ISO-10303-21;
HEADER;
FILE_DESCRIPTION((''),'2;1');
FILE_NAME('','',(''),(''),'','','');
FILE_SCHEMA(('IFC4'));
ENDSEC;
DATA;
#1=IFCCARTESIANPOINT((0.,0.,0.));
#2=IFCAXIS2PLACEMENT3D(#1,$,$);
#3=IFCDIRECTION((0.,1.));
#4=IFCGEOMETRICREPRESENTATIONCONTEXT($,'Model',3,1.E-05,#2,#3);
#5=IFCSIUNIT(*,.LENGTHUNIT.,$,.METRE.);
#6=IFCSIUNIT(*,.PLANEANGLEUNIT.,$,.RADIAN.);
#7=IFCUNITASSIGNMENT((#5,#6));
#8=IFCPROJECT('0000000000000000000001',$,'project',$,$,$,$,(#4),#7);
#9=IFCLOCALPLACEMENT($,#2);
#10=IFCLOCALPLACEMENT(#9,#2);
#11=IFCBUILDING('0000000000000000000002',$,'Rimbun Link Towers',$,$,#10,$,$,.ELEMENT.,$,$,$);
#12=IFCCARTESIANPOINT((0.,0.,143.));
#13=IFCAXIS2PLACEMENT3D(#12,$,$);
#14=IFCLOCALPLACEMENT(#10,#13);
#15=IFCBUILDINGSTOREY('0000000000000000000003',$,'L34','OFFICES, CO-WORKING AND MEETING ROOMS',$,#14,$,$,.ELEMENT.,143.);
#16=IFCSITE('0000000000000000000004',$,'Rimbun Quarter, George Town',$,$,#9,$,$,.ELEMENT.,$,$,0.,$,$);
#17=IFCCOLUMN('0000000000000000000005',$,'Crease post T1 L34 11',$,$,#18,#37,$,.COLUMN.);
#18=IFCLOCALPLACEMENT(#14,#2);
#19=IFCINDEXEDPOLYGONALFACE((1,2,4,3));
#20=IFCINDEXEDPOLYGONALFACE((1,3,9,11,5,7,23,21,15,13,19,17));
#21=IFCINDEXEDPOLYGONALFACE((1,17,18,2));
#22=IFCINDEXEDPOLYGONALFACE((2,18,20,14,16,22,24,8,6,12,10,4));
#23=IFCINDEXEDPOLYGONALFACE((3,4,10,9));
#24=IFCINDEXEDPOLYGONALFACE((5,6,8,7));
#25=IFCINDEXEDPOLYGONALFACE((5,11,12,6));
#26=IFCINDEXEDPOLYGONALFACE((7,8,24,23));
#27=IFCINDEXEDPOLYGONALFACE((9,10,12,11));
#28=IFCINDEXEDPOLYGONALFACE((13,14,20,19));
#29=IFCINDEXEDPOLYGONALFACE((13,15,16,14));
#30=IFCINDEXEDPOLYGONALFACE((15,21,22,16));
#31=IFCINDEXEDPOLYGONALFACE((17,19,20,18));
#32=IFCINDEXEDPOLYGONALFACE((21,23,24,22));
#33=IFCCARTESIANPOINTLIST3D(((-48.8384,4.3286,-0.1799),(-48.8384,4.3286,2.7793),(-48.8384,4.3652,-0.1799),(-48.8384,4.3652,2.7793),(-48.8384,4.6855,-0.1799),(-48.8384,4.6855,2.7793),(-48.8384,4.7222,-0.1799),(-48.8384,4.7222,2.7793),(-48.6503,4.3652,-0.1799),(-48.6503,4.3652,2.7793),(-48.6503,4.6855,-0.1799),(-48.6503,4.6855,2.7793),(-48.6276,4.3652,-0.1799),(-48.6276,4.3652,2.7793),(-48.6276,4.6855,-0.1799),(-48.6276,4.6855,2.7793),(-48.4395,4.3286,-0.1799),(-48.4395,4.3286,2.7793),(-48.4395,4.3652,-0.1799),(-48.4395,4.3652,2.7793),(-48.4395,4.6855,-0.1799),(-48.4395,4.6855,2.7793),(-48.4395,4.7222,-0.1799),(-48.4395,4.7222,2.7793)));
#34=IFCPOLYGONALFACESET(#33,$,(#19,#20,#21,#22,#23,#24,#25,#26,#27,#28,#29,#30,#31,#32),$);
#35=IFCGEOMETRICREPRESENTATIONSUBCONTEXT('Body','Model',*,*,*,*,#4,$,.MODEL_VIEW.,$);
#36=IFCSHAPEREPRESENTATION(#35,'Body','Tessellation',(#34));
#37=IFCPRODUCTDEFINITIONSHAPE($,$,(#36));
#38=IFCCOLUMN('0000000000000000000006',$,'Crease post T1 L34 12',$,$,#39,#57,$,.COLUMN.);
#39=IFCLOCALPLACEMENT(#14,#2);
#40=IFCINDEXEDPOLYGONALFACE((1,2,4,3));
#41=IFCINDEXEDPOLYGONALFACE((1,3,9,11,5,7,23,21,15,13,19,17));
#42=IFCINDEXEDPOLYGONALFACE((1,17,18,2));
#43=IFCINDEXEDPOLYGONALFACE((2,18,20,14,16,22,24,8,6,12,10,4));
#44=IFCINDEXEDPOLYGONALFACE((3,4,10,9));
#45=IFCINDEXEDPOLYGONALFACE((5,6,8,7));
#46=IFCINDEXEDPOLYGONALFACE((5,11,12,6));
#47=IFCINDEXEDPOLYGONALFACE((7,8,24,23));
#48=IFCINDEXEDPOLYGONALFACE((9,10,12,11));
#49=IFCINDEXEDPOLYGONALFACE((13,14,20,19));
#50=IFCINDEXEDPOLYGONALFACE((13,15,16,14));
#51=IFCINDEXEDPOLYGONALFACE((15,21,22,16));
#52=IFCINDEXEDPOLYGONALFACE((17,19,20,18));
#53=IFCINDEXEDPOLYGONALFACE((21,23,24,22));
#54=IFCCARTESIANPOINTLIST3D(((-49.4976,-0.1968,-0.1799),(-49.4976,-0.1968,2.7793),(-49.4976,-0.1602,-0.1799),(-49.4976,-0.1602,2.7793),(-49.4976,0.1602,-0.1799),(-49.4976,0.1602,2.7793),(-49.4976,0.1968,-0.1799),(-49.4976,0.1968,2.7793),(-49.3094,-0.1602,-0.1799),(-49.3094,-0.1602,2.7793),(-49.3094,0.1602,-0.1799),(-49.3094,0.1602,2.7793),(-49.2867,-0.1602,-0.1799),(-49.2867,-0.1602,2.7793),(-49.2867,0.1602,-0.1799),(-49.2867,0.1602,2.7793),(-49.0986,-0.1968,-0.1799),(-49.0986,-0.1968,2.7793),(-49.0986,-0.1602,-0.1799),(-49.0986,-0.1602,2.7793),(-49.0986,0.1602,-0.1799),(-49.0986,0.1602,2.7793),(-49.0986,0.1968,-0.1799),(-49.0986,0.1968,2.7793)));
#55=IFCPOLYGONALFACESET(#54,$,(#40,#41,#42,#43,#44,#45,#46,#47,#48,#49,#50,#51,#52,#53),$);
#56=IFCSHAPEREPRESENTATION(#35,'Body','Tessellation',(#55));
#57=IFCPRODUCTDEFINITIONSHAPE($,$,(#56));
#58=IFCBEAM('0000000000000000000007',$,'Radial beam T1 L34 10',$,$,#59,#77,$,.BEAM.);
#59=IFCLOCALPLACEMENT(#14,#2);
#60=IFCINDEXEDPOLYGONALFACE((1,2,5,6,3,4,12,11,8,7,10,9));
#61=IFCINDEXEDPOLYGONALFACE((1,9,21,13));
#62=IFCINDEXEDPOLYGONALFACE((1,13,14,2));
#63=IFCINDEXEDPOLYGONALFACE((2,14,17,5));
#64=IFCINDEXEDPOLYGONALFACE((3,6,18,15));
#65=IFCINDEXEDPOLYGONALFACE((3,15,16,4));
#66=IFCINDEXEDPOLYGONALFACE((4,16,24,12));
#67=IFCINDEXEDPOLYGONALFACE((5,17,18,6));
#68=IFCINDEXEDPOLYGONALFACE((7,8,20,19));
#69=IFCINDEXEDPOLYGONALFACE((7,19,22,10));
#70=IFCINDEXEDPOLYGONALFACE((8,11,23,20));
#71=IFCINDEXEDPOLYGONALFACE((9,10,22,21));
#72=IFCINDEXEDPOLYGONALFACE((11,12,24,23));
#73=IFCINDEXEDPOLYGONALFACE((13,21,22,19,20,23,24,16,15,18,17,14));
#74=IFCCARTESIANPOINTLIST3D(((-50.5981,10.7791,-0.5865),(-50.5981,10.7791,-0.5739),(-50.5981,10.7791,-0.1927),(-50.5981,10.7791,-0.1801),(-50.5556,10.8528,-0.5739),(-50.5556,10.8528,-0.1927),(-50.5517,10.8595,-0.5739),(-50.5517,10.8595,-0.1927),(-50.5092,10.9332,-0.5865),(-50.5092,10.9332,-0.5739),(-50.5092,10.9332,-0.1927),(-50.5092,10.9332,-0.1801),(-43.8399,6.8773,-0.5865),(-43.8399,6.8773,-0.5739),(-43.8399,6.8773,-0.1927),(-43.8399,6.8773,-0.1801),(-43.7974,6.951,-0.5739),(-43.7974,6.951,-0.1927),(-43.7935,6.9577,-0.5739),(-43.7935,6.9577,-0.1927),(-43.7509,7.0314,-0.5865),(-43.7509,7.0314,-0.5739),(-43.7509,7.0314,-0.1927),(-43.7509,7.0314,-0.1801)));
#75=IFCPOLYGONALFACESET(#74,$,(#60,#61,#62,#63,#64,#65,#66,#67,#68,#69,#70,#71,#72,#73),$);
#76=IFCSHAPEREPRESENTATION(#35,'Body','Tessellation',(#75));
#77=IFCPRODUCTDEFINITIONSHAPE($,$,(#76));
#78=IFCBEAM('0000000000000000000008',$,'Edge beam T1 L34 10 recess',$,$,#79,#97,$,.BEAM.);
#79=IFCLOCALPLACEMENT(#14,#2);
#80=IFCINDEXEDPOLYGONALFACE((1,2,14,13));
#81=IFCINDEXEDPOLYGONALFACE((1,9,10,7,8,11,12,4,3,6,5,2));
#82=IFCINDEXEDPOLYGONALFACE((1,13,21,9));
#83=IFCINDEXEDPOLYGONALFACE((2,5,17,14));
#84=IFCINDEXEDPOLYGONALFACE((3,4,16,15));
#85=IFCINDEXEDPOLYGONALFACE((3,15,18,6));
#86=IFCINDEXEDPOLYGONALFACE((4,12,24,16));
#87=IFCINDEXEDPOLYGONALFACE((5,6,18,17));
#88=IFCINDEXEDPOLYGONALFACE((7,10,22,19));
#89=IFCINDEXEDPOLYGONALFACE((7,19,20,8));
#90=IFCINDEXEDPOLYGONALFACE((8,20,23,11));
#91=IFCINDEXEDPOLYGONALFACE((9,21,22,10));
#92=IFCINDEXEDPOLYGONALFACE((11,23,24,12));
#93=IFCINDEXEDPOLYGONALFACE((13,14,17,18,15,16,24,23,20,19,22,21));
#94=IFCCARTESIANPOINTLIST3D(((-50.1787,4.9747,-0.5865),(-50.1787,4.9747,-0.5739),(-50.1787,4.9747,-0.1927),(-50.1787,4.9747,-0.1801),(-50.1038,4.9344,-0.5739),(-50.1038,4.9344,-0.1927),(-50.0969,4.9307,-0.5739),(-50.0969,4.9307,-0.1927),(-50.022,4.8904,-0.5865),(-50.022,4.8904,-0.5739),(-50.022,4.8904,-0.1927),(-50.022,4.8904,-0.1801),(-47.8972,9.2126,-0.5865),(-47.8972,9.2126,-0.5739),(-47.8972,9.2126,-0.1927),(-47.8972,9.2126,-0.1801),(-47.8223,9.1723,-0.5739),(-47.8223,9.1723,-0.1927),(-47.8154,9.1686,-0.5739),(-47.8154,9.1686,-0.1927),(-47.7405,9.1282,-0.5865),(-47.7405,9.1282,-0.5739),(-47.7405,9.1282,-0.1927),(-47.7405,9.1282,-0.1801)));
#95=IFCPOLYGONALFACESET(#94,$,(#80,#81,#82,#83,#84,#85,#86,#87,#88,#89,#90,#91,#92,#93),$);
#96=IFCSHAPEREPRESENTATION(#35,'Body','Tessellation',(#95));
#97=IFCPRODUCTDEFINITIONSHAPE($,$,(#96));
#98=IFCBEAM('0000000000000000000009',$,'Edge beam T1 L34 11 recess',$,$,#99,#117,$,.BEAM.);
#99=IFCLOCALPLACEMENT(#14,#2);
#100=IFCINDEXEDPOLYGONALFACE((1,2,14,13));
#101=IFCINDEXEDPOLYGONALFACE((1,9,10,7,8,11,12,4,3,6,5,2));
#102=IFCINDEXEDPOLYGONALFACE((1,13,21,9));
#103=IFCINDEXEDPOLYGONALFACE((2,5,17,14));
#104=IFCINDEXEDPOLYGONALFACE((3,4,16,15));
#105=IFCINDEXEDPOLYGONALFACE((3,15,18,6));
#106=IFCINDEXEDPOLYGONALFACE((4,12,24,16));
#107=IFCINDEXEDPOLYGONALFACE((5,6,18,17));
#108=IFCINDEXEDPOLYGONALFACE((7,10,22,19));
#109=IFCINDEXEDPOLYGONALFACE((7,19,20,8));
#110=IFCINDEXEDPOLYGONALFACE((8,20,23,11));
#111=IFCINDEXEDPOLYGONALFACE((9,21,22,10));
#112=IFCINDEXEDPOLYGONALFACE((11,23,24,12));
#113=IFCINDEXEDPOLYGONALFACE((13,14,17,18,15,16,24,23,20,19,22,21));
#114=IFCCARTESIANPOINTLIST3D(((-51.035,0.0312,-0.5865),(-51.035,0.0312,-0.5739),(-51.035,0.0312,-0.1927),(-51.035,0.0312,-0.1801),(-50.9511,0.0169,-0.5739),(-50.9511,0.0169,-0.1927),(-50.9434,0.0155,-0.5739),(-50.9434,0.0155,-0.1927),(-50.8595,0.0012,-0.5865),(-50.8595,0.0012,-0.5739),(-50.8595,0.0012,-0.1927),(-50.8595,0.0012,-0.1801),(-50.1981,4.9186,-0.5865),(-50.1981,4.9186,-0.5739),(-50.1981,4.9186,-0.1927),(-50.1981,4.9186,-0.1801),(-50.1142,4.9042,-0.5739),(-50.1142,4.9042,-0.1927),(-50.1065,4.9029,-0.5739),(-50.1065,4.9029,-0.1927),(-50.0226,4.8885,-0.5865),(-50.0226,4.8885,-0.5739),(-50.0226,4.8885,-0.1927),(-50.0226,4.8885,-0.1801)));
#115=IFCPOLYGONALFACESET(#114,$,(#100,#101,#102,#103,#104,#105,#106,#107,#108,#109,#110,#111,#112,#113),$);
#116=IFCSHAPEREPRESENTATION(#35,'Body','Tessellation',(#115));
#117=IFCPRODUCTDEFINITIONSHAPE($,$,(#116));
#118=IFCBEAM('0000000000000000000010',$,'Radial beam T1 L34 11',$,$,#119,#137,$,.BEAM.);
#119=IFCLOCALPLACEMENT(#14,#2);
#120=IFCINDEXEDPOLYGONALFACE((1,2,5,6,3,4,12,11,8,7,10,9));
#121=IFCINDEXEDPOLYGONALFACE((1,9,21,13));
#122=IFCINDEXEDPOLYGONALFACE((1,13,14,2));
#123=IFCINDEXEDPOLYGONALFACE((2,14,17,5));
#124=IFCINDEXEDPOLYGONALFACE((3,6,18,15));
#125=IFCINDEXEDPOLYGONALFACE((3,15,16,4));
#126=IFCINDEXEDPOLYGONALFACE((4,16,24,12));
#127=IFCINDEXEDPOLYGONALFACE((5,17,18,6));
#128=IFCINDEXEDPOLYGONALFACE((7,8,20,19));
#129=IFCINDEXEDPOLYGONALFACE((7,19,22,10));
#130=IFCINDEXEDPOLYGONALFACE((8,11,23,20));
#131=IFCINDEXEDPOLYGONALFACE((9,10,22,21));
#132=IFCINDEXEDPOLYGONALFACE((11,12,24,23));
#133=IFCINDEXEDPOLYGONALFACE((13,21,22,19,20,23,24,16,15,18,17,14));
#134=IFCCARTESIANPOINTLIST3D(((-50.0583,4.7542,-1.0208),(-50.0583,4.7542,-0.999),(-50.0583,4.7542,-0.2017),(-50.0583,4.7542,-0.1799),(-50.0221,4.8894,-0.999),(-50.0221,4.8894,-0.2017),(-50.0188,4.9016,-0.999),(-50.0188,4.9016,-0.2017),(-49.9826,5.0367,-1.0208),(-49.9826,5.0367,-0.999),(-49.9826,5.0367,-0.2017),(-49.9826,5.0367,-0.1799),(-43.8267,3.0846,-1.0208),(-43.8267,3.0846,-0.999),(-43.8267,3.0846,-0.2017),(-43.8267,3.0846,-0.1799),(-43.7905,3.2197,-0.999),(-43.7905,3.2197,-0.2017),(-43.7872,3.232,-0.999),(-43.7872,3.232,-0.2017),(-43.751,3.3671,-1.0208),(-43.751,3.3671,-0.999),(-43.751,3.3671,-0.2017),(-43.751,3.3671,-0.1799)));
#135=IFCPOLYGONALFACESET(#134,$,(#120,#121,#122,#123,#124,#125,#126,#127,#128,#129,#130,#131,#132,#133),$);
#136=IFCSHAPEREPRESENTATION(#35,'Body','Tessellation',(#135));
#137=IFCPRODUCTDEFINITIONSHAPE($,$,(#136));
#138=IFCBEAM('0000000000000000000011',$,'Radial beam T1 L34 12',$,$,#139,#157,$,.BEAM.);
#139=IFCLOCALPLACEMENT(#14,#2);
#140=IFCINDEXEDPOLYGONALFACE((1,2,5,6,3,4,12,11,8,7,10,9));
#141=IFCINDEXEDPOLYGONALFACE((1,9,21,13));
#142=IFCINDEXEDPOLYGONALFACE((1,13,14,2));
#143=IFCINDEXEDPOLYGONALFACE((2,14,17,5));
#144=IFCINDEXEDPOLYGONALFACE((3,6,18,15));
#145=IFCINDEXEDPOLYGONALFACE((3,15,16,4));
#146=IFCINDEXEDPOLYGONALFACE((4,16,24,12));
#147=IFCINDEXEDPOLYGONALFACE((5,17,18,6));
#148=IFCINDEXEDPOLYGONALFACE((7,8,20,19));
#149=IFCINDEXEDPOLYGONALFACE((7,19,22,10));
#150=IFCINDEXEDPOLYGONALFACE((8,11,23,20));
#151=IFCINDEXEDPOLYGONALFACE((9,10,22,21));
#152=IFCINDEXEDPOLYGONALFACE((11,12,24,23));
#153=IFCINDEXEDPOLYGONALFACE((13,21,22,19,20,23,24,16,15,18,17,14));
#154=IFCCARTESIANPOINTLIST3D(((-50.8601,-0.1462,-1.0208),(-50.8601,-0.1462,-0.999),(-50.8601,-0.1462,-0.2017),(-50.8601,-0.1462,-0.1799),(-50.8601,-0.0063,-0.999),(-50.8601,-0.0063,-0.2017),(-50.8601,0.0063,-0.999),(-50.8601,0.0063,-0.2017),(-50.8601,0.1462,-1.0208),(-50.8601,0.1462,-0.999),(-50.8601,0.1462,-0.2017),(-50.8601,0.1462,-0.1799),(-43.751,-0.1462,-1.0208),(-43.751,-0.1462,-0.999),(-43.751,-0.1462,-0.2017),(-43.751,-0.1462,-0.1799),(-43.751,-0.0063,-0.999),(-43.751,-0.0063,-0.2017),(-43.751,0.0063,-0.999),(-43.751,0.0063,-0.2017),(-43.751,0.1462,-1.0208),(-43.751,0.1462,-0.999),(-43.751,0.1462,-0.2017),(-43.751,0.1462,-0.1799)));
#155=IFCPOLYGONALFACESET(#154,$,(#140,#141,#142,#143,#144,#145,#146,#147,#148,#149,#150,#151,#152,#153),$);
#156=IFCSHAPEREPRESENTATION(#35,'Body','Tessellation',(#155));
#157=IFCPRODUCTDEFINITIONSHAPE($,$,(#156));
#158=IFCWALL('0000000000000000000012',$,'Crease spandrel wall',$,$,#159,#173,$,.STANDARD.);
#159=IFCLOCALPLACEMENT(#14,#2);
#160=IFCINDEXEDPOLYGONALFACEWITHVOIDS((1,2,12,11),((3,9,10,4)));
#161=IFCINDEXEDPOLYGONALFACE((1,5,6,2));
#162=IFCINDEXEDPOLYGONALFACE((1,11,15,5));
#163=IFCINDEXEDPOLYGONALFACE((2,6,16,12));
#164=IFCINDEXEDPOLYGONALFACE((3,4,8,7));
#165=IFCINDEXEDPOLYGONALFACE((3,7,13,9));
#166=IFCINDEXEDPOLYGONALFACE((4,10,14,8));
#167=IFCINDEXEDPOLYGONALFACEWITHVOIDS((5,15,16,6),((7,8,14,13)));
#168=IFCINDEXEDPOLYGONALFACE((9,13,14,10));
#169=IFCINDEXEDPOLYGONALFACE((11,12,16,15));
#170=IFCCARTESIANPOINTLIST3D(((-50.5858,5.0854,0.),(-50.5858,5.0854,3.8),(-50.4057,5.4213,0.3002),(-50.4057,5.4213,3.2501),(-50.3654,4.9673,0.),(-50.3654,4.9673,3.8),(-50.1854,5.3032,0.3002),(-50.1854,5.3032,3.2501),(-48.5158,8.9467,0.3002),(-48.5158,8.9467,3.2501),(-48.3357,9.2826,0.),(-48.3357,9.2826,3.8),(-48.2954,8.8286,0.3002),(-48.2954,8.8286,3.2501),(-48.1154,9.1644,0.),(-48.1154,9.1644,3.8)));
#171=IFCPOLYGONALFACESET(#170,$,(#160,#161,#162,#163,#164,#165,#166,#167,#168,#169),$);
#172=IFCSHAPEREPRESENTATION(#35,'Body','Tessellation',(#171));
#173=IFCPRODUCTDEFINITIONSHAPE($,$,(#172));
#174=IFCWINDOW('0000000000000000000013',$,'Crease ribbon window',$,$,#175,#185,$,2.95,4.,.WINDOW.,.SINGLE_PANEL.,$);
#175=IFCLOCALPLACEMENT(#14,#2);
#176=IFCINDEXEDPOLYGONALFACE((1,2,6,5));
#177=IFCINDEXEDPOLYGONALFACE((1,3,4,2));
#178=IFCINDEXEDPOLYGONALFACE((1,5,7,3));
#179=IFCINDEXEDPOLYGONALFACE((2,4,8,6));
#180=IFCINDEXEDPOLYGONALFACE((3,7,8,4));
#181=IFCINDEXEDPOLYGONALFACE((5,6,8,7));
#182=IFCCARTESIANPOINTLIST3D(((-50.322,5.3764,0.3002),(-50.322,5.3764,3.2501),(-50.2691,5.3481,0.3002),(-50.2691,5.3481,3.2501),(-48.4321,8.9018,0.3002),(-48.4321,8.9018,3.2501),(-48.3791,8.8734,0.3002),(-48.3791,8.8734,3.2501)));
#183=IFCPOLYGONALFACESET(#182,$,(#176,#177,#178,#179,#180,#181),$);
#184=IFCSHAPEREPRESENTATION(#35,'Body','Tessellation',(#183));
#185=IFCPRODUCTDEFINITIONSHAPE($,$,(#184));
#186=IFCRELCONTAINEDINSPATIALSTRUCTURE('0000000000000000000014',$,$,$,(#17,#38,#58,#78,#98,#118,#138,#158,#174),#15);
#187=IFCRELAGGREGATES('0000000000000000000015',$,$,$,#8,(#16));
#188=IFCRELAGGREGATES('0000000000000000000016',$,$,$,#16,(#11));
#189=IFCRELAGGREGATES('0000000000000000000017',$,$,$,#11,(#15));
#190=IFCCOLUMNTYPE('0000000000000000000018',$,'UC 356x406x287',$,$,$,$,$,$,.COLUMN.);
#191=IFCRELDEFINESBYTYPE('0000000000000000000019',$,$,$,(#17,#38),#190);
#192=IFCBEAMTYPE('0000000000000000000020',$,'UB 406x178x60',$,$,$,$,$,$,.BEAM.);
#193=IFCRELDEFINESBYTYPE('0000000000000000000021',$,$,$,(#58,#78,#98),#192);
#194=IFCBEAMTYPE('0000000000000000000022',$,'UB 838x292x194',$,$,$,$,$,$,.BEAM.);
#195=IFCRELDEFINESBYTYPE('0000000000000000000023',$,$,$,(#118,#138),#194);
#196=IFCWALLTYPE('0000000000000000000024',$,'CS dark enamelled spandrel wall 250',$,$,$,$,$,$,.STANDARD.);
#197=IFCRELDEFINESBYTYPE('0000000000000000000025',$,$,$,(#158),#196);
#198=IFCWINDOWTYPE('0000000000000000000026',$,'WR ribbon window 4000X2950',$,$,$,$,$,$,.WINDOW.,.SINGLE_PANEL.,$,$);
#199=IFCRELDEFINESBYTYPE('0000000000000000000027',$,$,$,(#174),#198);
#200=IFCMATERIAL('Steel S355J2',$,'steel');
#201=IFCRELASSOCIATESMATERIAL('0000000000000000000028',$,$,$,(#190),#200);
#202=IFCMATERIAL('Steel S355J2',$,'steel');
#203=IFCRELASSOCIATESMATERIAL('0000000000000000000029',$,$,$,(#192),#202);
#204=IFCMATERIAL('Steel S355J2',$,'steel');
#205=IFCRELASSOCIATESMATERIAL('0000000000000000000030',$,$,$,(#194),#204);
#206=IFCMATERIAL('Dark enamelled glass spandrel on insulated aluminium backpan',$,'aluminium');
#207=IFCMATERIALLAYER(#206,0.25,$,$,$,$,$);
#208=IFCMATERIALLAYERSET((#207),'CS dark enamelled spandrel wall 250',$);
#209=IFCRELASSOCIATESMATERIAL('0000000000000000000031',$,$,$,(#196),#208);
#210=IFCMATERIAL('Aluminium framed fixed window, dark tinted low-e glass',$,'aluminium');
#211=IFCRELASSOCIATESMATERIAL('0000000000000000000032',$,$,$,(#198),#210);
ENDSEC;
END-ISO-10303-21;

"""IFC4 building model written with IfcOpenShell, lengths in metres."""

from ifc_helpers import new_model, si_unit, direction, frame, frame_2d, origin, origin_2d, place, context, subcontext, project, spatial, rectangle, i_section, extrude, material, layer, layer_set, material_profile, profile_set, type_object, element, fill, save


model = new_model("IFC4")

# Units and contexts
model_context = context("Model", 3, precision=1e-05, world=origin(), true_north=direction((0.0, 1.0)))
body_context = subcontext(model_context, "Body", "Model", "MODEL_VIEW")
ifc_project = project(units=[si_unit("LENGTHUNIT", "METRE"), si_unit("PLANEANGLEUNIT", "RADIAN")], contexts=[model_context])

# Site, building, storey
site_placement = place(None, origin())
site = spatial("IfcSite", under=ifc_project, at=site_placement, Name="Rimbun Quarter, George Town", CompositionType="ELEMENT", RefElevation=0.0)
building_placement = place(site_placement, origin())
building = spatial("IfcBuilding", under=site, at=building_placement, Name="Rimbun Link Towers", CompositionType="ELEMENT")
storey_placement = place(building_placement, frame((0.0, 0.0, 143.0)))
storey = spatial("IfcBuildingStorey", under=building, at=storey_placement, Name="L34", Description="OFFICES, CO-WORKING AND MEETING ROOMS", CompositionType="ELEMENT", Elevation=143.0)

# Columns
ifc_material_1 = material(Name="Steel S355J2", Category="steel")
ifc_material_profile_1 = material_profile(ifc_material_1, i_section(OverallWidth=0.3989, OverallDepth=0.3936, WebThickness=0.0227, FlangeThickness=0.0366, at=origin_2d()), Name="UC 356x406x287")
ifc_profile_set_1 = profile_set([ifc_material_profile_1], Name="Steel S355J2")
column_type = type_object("IfcColumnType", Name="UC 356x406x287", PredefinedType="COLUMN", material=ifc_profile_set_1)
for number, where, z_axis, x_axis, name in (
    (1, (-48.6389, 4.5254, -0.1799), (0.0, 0.0, 1.0), (1.0, 0.0, 0.0), "Crease post T1 L34 11"),
    (2, (-49.2981, 0.0, -0.1799), (0.0, 0.0, 1.0), (1.0, 0.0, 0.0), "Crease post T1 L34 12"),
):
    element("IfcColumn", number, at=place(storey_placement, frame(where, z_axis=z_axis, x_axis=x_axis)), inside=storey, type_object=column_type, Name=name, PredefinedType="COLUMN", context=body_context, shape_type="SweptSolid", body=[
        extrude(i_section(OverallWidth=0.3989, OverallDepth=0.3936, WebThickness=0.0227, FlangeThickness=0.0366, at=origin_2d()), origin(), (0.0, 0.0, 1.0), 2.9592),
    ])

# Beams
ifc_material_2 = material(Name="Steel S355J2", Category="steel")
ifc_material_profile_2 = material_profile(ifc_material_2, i_section(OverallWidth=0.178, OverallDepth=0.4065, WebThickness=0.0078, FlangeThickness=0.0127, at=origin_2d()), Name="UB 406x178x60")
ifc_profile_set_2 = profile_set([ifc_material_profile_2], Name="Steel S355J2")
beam_type_1 = type_object("IfcBeamType", Name="UB 406x178x60", PredefinedType="BEAM", material=ifc_profile_set_2)
beam_1_placement = place(storey_placement, frame((-43.7954, 6.9543, -0.3833), z_axis=(-0.866028, 0.499995, 0.0), x_axis=(-0.499995, -0.866028, 0.0)))
element("IfcBeam", 3, at=beam_1_placement, inside=storey, type_object=beam_type_1, Name="Radial beam T1 L34 10", PredefinedType="BEAM", context=body_context, shape_type="SweptSolid", body=[
    extrude(i_section(OverallWidth=0.178, OverallDepth=0.4065, WebThickness=0.0078, FlangeThickness=0.0127, at=origin_2d()), origin(), (0.0, 0.0, 1.0), 7.8037),
])
beam_2_placement = place(storey_placement, frame((-47.8188, 9.1704, -0.3833), z_axis=(-0.474036, -0.880505, 0.0), x_axis=(0.880505, -0.474036, 0.0)))
element("IfcBeam", 4, at=beam_2_placement, inside=storey, type_object=beam_type_1, Name="Edge beam T1 L34 10 recess", PredefinedType="BEAM", context=body_context, shape_type="SweptSolid", body=[
    extrude(i_section(OverallWidth=0.178, OverallDepth=0.4065, WebThickness=0.0078, FlangeThickness=0.0127, at=origin_2d()), origin(), (0.0, 0.0, 1.0), 4.813),
])
beam_3_placement = place(storey_placement, frame((-50.1104, 4.9036, -0.3833), z_axis=(-0.168781, -0.985654, 0.0), x_axis=(0.985654, -0.168781, 0.0)))
element("IfcBeam", 5, at=beam_3_placement, inside=storey, type_object=beam_type_1, Name="Edge beam T1 L34 11 recess", PredefinedType="BEAM", context=body_context, shape_type="SweptSolid", body=[
    extrude(i_section(OverallWidth=0.178, OverallDepth=0.4065, WebThickness=0.0078, FlangeThickness=0.0127, at=origin_2d()), origin(), (0.0, 0.0, 1.0), 4.9585),
])
ifc_material_3 = material(Name="Steel S355J2", Category="steel")
ifc_material_profile_3 = material_profile(ifc_material_3, i_section(OverallWidth=0.2925, OverallDepth=0.8408, WebThickness=0.0127, FlangeThickness=0.0217, at=origin_2d()), Name="UB 838x292x194")
ifc_profile_set_3 = profile_set([ifc_material_profile_3], Name="Steel S355J2")
beam_type_2 = type_object("IfcBeamType", Name="UB 838x292x194", PredefinedType="BEAM", material=ifc_profile_set_3)
beam_4_placement = place(storey_placement, frame((-43.7888, 3.2258, -0.6003), z_axis=(-0.96593, 0.258805, 0.0), x_axis=(-0.258805, -0.96593, 0.0)))
element("IfcBeam", 6, at=beam_4_placement, inside=storey, type_object=beam_type_2, Name="Radial beam T1 L34 11", PredefinedType="BEAM", context=body_context, shape_type="SweptSolid", body=[
    extrude(i_section(OverallWidth=0.2925, OverallDepth=0.8408, WebThickness=0.0127, FlangeThickness=0.0217, at=origin_2d()), origin(), (0.0, 0.0, 1.0), 6.4514),
])
beam_5_placement = place(storey_placement, frame((-43.751, 0.0, -0.6003), z_axis=(-1.0, 0.0, 0.0), x_axis=(0.0, -1.0, 0.0)))
element("IfcBeam", 7, at=beam_5_placement, inside=storey, type_object=beam_type_2, Name="Radial beam T1 L34 12", PredefinedType="BEAM", context=body_context, shape_type="SweptSolid", body=[
    extrude(i_section(OverallWidth=0.2925, OverallDepth=0.8408, WebThickness=0.0127, FlangeThickness=0.0217, at=origin_2d()), origin(), (0.0, 0.0, 1.0), 7.1091),
])

# Wall, opening, window
ifc_material_4 = material(Name="Dark enamelled glass spandrel on insulated aluminium backpan", Category="aluminium")
ifc_layer_1 = layer(ifc_material_4, 0.25)
ifc_layer_set_1 = layer_set([ifc_layer_1], Name="CS dark enamelled spandrel wall 250")
wall_type_1 = type_object("IfcWallType", Name="CS dark enamelled spandrel wall 250", PredefinedType="STANDARD", material=ifc_layer_set_1)
wall_1_placement = place(storey_placement, frame((-50.4756, 5.0264, 0.0), z_axis=(0.0, 0.0, 1.0), x_axis=(0.472482, 0.88134, 0.0)))
wall_1 = element("IfcWall", 8, at=wall_1_placement, inside=storey, type_object=wall_type_1, Name="Crease spandrel wall", PredefinedType="STANDARD", context=body_context, shape_type="SweptSolid", body=[
    extrude(rectangle(XDim=4.7622, YDim=0.25, at=frame_2d((2.3811, 0.0))), origin(), (0.0, 0.0, 1.0), 3.8),
])
opening_1_placement = place(wall_1_placement, frame((0.3811, 0.0, 0.3)))
opening_1 = element("IfcOpeningElement", 9, at=opening_1_placement, cuts=wall_1, PredefinedType="OPENING", context=body_context, shape_type="SweptSolid", body=[
    extrude(rectangle(XDim=4.0, YDim=2.95, at=frame_2d((2.0, 1.4751))), frame((0.0, 0.135, 0.0), z_axis=(0.0, -1.0, 0.0), x_axis=(1.0, 0.0, 0.0)), (0.0, 0.0, 1.0), 0.27),
])
ifc_material_5 = material(Name="Aluminium framed fixed window, dark tinted low-e glass", Category="aluminium")
window_type_1 = type_object("IfcWindowType", Name="WR ribbon window 4000X2950", PartitioningType="SINGLE_PANEL", PredefinedType="WINDOW", material=ifc_material_5)
window_1_placement = place(opening_1_placement, origin())
window_1 = element("IfcWindow", 10, at=window_1_placement, inside=storey, type_object=window_type_1, Name="Crease ribbon window", OverallHeight=2.95, OverallWidth=4.0, PartitioningType="SINGLE_PANEL", PredefinedType="WINDOW", context=body_context, shape_type="SweptSolid", body=[
    extrude(rectangle(XDim=4.0, YDim=2.95, at=frame_2d((2.0, 1.4751))), frame((0.0, 0.03, 0.0), z_axis=(0.0, -1.0, 0.0), x_axis=(1.0, 0.0, 0.0)), (0.0, 0.0, 1.0), 0.0601),
])
fill(opening_1, window_1)

save(model, "model.ifc")
